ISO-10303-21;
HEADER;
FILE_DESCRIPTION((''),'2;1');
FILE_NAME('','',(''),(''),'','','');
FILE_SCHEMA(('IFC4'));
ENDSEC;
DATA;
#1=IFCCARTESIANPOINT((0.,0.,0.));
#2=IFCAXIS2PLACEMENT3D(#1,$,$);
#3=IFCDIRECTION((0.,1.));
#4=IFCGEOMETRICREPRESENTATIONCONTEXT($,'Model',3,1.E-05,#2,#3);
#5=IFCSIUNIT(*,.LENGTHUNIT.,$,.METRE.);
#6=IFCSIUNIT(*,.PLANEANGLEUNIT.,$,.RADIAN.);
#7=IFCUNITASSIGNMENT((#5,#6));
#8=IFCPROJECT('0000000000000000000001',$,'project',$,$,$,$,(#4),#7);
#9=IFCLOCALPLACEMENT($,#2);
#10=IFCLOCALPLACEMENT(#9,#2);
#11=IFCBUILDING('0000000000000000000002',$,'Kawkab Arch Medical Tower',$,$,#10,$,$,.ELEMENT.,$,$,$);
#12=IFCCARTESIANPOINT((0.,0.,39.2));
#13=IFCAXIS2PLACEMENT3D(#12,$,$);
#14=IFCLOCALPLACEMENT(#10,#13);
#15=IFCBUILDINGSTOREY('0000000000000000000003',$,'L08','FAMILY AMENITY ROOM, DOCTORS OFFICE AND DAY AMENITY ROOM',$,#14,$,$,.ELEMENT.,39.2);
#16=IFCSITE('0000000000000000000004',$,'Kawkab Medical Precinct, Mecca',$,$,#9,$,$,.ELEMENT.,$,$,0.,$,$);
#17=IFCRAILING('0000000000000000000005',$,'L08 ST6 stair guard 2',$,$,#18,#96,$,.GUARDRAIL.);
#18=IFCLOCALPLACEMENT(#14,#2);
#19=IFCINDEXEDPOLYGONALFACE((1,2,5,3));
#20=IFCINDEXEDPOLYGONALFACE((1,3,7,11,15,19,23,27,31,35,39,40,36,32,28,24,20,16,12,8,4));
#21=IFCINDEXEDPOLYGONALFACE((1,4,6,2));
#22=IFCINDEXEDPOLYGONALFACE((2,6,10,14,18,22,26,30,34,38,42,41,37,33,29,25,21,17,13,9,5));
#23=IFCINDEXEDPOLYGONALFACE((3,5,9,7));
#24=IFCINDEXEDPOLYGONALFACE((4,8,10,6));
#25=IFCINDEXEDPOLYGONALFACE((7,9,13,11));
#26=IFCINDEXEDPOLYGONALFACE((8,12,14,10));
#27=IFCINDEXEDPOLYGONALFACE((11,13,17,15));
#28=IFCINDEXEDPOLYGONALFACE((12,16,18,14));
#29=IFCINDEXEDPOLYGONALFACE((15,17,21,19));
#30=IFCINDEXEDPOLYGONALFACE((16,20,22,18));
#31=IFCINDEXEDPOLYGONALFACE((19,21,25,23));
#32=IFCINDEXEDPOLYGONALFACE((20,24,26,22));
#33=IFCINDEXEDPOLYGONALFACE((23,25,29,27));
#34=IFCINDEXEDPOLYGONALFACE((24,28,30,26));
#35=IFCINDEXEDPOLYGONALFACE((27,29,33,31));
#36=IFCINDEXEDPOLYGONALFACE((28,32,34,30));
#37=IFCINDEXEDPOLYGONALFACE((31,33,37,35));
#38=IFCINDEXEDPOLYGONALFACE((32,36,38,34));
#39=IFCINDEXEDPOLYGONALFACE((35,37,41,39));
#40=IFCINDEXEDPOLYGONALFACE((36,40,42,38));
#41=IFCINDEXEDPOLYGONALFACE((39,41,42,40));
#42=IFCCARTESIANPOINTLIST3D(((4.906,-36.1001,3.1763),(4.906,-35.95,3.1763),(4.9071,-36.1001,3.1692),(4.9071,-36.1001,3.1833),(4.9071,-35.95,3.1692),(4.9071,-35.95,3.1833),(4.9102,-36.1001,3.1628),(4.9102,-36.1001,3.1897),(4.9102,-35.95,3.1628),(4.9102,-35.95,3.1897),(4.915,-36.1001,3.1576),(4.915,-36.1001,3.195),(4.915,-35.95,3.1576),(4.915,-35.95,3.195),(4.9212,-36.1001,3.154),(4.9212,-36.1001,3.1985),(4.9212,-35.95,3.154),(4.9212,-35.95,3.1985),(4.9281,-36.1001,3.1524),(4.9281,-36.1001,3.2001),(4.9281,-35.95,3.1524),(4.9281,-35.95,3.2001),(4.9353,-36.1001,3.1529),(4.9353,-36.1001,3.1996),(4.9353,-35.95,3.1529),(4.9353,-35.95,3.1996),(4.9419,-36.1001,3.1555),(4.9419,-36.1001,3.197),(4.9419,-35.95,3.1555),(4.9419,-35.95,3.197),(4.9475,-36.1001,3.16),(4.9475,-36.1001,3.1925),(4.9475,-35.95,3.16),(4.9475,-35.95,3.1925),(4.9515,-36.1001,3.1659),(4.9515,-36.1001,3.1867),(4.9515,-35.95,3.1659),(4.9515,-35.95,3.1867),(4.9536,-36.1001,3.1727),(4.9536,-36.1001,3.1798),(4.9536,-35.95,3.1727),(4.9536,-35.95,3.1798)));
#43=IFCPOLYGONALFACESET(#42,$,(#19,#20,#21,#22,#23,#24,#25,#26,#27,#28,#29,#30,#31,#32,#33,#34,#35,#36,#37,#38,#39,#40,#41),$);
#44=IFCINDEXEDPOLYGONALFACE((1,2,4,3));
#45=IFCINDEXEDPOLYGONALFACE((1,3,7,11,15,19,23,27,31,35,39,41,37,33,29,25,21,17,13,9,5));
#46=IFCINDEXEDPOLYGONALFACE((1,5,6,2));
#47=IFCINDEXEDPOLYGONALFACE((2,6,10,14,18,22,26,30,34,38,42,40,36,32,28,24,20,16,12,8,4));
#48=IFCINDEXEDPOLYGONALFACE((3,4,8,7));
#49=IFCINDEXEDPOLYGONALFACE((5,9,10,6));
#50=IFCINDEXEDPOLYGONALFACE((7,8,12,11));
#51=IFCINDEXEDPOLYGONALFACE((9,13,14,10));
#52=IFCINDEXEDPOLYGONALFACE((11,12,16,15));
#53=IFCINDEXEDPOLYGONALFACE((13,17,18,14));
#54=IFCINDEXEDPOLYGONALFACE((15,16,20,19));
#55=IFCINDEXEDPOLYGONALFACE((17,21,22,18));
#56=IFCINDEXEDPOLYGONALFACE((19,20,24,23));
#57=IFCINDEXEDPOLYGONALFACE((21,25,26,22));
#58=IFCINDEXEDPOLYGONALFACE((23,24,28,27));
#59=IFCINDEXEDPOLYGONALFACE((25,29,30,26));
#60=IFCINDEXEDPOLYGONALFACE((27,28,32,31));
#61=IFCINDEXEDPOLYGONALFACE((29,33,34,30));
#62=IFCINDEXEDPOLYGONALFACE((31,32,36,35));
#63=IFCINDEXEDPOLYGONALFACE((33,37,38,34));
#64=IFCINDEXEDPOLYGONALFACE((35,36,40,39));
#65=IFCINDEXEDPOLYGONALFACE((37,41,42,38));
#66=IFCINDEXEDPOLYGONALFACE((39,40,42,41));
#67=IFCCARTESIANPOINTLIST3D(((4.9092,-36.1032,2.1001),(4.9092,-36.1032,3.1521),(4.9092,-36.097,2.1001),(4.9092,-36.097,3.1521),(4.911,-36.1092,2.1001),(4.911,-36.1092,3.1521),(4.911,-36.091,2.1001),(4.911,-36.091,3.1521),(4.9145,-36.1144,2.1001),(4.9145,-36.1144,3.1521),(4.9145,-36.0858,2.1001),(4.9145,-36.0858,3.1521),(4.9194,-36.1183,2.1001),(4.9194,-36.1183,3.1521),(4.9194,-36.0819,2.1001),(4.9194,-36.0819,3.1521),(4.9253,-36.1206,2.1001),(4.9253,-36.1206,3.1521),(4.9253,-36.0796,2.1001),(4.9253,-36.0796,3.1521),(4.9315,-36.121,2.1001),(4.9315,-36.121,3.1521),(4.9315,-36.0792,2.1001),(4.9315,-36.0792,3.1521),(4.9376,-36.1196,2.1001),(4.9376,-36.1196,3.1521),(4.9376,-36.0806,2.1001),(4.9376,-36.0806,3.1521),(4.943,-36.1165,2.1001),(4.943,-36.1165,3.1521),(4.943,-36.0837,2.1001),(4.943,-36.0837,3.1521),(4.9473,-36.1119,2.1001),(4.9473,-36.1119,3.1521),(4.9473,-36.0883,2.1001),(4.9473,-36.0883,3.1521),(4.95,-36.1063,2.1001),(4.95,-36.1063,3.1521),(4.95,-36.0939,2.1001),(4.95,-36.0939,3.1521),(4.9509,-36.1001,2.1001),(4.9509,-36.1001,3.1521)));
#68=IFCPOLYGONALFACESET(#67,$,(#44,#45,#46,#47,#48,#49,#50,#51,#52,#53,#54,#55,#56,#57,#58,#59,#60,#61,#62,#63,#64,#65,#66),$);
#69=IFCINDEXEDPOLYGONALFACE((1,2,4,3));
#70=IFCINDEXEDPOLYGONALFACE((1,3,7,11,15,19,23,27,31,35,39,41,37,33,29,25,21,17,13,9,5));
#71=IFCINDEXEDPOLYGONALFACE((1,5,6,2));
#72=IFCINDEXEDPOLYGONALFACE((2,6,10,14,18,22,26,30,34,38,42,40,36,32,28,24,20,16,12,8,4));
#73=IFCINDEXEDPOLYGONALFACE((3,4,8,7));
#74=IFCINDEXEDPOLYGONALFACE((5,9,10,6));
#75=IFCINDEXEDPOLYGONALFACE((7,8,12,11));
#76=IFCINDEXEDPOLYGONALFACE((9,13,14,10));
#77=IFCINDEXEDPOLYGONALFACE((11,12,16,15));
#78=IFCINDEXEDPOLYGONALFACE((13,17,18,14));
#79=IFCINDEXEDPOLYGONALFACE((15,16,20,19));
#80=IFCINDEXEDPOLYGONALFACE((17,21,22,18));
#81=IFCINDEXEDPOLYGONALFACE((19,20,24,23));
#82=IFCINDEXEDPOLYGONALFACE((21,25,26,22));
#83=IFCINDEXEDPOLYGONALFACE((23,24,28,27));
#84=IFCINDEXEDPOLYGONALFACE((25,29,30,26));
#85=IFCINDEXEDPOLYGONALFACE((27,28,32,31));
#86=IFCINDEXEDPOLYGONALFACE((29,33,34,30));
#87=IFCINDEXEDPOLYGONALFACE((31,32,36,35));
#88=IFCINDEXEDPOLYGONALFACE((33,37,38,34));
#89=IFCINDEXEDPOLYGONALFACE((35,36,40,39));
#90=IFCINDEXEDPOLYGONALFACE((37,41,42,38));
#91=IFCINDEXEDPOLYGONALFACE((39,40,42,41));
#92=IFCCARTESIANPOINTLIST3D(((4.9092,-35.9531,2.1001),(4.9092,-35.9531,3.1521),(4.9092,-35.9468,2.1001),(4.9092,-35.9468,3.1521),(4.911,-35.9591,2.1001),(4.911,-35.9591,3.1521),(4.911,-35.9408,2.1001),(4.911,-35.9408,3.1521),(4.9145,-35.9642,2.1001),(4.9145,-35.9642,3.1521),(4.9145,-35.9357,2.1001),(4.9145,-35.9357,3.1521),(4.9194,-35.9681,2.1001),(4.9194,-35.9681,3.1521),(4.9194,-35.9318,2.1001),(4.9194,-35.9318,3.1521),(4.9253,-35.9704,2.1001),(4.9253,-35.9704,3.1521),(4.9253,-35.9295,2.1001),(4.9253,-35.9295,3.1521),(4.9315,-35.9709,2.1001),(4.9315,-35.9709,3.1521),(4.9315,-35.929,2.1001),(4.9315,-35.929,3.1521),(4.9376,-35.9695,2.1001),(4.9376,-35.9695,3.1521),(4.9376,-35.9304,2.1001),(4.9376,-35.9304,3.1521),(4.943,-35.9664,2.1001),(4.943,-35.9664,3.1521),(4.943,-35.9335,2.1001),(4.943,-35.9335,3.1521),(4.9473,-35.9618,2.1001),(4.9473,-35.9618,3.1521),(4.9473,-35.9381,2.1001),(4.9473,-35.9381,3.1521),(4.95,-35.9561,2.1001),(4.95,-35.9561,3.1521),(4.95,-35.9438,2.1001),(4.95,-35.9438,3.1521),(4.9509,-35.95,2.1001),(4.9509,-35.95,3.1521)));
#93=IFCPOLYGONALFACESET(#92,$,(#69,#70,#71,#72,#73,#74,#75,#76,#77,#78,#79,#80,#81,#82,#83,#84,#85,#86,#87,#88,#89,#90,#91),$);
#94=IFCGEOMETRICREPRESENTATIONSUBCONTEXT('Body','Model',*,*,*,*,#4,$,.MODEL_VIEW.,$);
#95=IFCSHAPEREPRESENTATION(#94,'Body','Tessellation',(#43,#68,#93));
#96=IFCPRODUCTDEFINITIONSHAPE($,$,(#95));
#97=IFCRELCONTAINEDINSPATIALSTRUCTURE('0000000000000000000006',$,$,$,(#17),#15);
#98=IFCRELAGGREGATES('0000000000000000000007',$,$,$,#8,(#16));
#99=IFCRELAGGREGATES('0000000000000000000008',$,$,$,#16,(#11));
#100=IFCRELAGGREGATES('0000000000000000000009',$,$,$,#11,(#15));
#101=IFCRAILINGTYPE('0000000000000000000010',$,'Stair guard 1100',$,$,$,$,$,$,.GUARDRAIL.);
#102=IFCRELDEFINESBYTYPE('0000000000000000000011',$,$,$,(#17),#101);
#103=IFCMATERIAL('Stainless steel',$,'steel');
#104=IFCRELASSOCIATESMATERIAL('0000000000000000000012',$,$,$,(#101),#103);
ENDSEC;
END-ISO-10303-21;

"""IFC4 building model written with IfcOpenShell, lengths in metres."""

from ifc_helpers import new_model, si_unit, direction, frame, origin, origin_2d, place, context, subcontext, project, spatial, circle, extrude, material, type_object, element, save


model = new_model("IFC4")

# Units and contexts
model_context = context("Model", 3, precision=1e-05, world=origin(), true_north=direction((0.0, 1.0)))
body_context = subcontext(model_context, "Body", "Model", "MODEL_VIEW")
ifc_project = project(units=[si_unit("LENGTHUNIT", "METRE"), si_unit("PLANEANGLEUNIT", "RADIAN")], contexts=[model_context])

# Site, building, storey
site_placement = place(None, origin())
site = spatial("IfcSite", under=ifc_project, at=site_placement, Name="Kawkab Medical Precinct, Mecca", CompositionType="ELEMENT", RefElevation=0.0)
building_placement = place(site_placement, origin())
building = spatial("IfcBuilding", under=site, at=building_placement, Name="Kawkab Arch Medical Tower", CompositionType="ELEMENT")
storey_placement = place(building_placement, frame((0.0, 0.0, 39.2)))
storey = spatial("IfcBuildingStorey", under=building, at=storey_placement, Name="L08", Description="FAMILY AMENITY ROOM, DOCTORS OFFICE AND DAY AMENITY ROOM", CompositionType="ELEMENT", Elevation=39.2)

# Railing
ifc_material_1 = material(Name="Stainless steel", Category="steel")
railing_type_1 = type_object("IfcRailingType", Name="Stair guard 1100", PredefinedType="GUARDRAIL", material=ifc_material_1)
railing_1_placement = place(storey_placement, frame((4.9299, -36.1001, 2.1001)))
element("IfcRailing", 1, at=railing_1_placement, inside=storey, type_object=railing_type_1, Name="L08 ST6 stair guard 2", PredefinedType="GUARDRAIL", context=body_context, shape_type="SweptSolid", body=[
    extrude(circle(Radius=0.0239, at=origin_2d()), frame((0.0, 0.0, 1.0762), z_axis=(0.0, 1.0, 0.0), x_axis=(-1.0, 0.0, 0.0)), (0.0, 0.0, 1.0), 0.1501),
    extrude(circle(Radius=0.021, at=origin_2d()), origin(), (0.0, 0.0, 1.0), 1.052),
    extrude(circle(Radius=0.021, at=origin_2d()), frame((0.0, 0.1501, 0.0)), (0.0, 0.0, 1.0), 1.052),
])

save(model, "model.ifc")
